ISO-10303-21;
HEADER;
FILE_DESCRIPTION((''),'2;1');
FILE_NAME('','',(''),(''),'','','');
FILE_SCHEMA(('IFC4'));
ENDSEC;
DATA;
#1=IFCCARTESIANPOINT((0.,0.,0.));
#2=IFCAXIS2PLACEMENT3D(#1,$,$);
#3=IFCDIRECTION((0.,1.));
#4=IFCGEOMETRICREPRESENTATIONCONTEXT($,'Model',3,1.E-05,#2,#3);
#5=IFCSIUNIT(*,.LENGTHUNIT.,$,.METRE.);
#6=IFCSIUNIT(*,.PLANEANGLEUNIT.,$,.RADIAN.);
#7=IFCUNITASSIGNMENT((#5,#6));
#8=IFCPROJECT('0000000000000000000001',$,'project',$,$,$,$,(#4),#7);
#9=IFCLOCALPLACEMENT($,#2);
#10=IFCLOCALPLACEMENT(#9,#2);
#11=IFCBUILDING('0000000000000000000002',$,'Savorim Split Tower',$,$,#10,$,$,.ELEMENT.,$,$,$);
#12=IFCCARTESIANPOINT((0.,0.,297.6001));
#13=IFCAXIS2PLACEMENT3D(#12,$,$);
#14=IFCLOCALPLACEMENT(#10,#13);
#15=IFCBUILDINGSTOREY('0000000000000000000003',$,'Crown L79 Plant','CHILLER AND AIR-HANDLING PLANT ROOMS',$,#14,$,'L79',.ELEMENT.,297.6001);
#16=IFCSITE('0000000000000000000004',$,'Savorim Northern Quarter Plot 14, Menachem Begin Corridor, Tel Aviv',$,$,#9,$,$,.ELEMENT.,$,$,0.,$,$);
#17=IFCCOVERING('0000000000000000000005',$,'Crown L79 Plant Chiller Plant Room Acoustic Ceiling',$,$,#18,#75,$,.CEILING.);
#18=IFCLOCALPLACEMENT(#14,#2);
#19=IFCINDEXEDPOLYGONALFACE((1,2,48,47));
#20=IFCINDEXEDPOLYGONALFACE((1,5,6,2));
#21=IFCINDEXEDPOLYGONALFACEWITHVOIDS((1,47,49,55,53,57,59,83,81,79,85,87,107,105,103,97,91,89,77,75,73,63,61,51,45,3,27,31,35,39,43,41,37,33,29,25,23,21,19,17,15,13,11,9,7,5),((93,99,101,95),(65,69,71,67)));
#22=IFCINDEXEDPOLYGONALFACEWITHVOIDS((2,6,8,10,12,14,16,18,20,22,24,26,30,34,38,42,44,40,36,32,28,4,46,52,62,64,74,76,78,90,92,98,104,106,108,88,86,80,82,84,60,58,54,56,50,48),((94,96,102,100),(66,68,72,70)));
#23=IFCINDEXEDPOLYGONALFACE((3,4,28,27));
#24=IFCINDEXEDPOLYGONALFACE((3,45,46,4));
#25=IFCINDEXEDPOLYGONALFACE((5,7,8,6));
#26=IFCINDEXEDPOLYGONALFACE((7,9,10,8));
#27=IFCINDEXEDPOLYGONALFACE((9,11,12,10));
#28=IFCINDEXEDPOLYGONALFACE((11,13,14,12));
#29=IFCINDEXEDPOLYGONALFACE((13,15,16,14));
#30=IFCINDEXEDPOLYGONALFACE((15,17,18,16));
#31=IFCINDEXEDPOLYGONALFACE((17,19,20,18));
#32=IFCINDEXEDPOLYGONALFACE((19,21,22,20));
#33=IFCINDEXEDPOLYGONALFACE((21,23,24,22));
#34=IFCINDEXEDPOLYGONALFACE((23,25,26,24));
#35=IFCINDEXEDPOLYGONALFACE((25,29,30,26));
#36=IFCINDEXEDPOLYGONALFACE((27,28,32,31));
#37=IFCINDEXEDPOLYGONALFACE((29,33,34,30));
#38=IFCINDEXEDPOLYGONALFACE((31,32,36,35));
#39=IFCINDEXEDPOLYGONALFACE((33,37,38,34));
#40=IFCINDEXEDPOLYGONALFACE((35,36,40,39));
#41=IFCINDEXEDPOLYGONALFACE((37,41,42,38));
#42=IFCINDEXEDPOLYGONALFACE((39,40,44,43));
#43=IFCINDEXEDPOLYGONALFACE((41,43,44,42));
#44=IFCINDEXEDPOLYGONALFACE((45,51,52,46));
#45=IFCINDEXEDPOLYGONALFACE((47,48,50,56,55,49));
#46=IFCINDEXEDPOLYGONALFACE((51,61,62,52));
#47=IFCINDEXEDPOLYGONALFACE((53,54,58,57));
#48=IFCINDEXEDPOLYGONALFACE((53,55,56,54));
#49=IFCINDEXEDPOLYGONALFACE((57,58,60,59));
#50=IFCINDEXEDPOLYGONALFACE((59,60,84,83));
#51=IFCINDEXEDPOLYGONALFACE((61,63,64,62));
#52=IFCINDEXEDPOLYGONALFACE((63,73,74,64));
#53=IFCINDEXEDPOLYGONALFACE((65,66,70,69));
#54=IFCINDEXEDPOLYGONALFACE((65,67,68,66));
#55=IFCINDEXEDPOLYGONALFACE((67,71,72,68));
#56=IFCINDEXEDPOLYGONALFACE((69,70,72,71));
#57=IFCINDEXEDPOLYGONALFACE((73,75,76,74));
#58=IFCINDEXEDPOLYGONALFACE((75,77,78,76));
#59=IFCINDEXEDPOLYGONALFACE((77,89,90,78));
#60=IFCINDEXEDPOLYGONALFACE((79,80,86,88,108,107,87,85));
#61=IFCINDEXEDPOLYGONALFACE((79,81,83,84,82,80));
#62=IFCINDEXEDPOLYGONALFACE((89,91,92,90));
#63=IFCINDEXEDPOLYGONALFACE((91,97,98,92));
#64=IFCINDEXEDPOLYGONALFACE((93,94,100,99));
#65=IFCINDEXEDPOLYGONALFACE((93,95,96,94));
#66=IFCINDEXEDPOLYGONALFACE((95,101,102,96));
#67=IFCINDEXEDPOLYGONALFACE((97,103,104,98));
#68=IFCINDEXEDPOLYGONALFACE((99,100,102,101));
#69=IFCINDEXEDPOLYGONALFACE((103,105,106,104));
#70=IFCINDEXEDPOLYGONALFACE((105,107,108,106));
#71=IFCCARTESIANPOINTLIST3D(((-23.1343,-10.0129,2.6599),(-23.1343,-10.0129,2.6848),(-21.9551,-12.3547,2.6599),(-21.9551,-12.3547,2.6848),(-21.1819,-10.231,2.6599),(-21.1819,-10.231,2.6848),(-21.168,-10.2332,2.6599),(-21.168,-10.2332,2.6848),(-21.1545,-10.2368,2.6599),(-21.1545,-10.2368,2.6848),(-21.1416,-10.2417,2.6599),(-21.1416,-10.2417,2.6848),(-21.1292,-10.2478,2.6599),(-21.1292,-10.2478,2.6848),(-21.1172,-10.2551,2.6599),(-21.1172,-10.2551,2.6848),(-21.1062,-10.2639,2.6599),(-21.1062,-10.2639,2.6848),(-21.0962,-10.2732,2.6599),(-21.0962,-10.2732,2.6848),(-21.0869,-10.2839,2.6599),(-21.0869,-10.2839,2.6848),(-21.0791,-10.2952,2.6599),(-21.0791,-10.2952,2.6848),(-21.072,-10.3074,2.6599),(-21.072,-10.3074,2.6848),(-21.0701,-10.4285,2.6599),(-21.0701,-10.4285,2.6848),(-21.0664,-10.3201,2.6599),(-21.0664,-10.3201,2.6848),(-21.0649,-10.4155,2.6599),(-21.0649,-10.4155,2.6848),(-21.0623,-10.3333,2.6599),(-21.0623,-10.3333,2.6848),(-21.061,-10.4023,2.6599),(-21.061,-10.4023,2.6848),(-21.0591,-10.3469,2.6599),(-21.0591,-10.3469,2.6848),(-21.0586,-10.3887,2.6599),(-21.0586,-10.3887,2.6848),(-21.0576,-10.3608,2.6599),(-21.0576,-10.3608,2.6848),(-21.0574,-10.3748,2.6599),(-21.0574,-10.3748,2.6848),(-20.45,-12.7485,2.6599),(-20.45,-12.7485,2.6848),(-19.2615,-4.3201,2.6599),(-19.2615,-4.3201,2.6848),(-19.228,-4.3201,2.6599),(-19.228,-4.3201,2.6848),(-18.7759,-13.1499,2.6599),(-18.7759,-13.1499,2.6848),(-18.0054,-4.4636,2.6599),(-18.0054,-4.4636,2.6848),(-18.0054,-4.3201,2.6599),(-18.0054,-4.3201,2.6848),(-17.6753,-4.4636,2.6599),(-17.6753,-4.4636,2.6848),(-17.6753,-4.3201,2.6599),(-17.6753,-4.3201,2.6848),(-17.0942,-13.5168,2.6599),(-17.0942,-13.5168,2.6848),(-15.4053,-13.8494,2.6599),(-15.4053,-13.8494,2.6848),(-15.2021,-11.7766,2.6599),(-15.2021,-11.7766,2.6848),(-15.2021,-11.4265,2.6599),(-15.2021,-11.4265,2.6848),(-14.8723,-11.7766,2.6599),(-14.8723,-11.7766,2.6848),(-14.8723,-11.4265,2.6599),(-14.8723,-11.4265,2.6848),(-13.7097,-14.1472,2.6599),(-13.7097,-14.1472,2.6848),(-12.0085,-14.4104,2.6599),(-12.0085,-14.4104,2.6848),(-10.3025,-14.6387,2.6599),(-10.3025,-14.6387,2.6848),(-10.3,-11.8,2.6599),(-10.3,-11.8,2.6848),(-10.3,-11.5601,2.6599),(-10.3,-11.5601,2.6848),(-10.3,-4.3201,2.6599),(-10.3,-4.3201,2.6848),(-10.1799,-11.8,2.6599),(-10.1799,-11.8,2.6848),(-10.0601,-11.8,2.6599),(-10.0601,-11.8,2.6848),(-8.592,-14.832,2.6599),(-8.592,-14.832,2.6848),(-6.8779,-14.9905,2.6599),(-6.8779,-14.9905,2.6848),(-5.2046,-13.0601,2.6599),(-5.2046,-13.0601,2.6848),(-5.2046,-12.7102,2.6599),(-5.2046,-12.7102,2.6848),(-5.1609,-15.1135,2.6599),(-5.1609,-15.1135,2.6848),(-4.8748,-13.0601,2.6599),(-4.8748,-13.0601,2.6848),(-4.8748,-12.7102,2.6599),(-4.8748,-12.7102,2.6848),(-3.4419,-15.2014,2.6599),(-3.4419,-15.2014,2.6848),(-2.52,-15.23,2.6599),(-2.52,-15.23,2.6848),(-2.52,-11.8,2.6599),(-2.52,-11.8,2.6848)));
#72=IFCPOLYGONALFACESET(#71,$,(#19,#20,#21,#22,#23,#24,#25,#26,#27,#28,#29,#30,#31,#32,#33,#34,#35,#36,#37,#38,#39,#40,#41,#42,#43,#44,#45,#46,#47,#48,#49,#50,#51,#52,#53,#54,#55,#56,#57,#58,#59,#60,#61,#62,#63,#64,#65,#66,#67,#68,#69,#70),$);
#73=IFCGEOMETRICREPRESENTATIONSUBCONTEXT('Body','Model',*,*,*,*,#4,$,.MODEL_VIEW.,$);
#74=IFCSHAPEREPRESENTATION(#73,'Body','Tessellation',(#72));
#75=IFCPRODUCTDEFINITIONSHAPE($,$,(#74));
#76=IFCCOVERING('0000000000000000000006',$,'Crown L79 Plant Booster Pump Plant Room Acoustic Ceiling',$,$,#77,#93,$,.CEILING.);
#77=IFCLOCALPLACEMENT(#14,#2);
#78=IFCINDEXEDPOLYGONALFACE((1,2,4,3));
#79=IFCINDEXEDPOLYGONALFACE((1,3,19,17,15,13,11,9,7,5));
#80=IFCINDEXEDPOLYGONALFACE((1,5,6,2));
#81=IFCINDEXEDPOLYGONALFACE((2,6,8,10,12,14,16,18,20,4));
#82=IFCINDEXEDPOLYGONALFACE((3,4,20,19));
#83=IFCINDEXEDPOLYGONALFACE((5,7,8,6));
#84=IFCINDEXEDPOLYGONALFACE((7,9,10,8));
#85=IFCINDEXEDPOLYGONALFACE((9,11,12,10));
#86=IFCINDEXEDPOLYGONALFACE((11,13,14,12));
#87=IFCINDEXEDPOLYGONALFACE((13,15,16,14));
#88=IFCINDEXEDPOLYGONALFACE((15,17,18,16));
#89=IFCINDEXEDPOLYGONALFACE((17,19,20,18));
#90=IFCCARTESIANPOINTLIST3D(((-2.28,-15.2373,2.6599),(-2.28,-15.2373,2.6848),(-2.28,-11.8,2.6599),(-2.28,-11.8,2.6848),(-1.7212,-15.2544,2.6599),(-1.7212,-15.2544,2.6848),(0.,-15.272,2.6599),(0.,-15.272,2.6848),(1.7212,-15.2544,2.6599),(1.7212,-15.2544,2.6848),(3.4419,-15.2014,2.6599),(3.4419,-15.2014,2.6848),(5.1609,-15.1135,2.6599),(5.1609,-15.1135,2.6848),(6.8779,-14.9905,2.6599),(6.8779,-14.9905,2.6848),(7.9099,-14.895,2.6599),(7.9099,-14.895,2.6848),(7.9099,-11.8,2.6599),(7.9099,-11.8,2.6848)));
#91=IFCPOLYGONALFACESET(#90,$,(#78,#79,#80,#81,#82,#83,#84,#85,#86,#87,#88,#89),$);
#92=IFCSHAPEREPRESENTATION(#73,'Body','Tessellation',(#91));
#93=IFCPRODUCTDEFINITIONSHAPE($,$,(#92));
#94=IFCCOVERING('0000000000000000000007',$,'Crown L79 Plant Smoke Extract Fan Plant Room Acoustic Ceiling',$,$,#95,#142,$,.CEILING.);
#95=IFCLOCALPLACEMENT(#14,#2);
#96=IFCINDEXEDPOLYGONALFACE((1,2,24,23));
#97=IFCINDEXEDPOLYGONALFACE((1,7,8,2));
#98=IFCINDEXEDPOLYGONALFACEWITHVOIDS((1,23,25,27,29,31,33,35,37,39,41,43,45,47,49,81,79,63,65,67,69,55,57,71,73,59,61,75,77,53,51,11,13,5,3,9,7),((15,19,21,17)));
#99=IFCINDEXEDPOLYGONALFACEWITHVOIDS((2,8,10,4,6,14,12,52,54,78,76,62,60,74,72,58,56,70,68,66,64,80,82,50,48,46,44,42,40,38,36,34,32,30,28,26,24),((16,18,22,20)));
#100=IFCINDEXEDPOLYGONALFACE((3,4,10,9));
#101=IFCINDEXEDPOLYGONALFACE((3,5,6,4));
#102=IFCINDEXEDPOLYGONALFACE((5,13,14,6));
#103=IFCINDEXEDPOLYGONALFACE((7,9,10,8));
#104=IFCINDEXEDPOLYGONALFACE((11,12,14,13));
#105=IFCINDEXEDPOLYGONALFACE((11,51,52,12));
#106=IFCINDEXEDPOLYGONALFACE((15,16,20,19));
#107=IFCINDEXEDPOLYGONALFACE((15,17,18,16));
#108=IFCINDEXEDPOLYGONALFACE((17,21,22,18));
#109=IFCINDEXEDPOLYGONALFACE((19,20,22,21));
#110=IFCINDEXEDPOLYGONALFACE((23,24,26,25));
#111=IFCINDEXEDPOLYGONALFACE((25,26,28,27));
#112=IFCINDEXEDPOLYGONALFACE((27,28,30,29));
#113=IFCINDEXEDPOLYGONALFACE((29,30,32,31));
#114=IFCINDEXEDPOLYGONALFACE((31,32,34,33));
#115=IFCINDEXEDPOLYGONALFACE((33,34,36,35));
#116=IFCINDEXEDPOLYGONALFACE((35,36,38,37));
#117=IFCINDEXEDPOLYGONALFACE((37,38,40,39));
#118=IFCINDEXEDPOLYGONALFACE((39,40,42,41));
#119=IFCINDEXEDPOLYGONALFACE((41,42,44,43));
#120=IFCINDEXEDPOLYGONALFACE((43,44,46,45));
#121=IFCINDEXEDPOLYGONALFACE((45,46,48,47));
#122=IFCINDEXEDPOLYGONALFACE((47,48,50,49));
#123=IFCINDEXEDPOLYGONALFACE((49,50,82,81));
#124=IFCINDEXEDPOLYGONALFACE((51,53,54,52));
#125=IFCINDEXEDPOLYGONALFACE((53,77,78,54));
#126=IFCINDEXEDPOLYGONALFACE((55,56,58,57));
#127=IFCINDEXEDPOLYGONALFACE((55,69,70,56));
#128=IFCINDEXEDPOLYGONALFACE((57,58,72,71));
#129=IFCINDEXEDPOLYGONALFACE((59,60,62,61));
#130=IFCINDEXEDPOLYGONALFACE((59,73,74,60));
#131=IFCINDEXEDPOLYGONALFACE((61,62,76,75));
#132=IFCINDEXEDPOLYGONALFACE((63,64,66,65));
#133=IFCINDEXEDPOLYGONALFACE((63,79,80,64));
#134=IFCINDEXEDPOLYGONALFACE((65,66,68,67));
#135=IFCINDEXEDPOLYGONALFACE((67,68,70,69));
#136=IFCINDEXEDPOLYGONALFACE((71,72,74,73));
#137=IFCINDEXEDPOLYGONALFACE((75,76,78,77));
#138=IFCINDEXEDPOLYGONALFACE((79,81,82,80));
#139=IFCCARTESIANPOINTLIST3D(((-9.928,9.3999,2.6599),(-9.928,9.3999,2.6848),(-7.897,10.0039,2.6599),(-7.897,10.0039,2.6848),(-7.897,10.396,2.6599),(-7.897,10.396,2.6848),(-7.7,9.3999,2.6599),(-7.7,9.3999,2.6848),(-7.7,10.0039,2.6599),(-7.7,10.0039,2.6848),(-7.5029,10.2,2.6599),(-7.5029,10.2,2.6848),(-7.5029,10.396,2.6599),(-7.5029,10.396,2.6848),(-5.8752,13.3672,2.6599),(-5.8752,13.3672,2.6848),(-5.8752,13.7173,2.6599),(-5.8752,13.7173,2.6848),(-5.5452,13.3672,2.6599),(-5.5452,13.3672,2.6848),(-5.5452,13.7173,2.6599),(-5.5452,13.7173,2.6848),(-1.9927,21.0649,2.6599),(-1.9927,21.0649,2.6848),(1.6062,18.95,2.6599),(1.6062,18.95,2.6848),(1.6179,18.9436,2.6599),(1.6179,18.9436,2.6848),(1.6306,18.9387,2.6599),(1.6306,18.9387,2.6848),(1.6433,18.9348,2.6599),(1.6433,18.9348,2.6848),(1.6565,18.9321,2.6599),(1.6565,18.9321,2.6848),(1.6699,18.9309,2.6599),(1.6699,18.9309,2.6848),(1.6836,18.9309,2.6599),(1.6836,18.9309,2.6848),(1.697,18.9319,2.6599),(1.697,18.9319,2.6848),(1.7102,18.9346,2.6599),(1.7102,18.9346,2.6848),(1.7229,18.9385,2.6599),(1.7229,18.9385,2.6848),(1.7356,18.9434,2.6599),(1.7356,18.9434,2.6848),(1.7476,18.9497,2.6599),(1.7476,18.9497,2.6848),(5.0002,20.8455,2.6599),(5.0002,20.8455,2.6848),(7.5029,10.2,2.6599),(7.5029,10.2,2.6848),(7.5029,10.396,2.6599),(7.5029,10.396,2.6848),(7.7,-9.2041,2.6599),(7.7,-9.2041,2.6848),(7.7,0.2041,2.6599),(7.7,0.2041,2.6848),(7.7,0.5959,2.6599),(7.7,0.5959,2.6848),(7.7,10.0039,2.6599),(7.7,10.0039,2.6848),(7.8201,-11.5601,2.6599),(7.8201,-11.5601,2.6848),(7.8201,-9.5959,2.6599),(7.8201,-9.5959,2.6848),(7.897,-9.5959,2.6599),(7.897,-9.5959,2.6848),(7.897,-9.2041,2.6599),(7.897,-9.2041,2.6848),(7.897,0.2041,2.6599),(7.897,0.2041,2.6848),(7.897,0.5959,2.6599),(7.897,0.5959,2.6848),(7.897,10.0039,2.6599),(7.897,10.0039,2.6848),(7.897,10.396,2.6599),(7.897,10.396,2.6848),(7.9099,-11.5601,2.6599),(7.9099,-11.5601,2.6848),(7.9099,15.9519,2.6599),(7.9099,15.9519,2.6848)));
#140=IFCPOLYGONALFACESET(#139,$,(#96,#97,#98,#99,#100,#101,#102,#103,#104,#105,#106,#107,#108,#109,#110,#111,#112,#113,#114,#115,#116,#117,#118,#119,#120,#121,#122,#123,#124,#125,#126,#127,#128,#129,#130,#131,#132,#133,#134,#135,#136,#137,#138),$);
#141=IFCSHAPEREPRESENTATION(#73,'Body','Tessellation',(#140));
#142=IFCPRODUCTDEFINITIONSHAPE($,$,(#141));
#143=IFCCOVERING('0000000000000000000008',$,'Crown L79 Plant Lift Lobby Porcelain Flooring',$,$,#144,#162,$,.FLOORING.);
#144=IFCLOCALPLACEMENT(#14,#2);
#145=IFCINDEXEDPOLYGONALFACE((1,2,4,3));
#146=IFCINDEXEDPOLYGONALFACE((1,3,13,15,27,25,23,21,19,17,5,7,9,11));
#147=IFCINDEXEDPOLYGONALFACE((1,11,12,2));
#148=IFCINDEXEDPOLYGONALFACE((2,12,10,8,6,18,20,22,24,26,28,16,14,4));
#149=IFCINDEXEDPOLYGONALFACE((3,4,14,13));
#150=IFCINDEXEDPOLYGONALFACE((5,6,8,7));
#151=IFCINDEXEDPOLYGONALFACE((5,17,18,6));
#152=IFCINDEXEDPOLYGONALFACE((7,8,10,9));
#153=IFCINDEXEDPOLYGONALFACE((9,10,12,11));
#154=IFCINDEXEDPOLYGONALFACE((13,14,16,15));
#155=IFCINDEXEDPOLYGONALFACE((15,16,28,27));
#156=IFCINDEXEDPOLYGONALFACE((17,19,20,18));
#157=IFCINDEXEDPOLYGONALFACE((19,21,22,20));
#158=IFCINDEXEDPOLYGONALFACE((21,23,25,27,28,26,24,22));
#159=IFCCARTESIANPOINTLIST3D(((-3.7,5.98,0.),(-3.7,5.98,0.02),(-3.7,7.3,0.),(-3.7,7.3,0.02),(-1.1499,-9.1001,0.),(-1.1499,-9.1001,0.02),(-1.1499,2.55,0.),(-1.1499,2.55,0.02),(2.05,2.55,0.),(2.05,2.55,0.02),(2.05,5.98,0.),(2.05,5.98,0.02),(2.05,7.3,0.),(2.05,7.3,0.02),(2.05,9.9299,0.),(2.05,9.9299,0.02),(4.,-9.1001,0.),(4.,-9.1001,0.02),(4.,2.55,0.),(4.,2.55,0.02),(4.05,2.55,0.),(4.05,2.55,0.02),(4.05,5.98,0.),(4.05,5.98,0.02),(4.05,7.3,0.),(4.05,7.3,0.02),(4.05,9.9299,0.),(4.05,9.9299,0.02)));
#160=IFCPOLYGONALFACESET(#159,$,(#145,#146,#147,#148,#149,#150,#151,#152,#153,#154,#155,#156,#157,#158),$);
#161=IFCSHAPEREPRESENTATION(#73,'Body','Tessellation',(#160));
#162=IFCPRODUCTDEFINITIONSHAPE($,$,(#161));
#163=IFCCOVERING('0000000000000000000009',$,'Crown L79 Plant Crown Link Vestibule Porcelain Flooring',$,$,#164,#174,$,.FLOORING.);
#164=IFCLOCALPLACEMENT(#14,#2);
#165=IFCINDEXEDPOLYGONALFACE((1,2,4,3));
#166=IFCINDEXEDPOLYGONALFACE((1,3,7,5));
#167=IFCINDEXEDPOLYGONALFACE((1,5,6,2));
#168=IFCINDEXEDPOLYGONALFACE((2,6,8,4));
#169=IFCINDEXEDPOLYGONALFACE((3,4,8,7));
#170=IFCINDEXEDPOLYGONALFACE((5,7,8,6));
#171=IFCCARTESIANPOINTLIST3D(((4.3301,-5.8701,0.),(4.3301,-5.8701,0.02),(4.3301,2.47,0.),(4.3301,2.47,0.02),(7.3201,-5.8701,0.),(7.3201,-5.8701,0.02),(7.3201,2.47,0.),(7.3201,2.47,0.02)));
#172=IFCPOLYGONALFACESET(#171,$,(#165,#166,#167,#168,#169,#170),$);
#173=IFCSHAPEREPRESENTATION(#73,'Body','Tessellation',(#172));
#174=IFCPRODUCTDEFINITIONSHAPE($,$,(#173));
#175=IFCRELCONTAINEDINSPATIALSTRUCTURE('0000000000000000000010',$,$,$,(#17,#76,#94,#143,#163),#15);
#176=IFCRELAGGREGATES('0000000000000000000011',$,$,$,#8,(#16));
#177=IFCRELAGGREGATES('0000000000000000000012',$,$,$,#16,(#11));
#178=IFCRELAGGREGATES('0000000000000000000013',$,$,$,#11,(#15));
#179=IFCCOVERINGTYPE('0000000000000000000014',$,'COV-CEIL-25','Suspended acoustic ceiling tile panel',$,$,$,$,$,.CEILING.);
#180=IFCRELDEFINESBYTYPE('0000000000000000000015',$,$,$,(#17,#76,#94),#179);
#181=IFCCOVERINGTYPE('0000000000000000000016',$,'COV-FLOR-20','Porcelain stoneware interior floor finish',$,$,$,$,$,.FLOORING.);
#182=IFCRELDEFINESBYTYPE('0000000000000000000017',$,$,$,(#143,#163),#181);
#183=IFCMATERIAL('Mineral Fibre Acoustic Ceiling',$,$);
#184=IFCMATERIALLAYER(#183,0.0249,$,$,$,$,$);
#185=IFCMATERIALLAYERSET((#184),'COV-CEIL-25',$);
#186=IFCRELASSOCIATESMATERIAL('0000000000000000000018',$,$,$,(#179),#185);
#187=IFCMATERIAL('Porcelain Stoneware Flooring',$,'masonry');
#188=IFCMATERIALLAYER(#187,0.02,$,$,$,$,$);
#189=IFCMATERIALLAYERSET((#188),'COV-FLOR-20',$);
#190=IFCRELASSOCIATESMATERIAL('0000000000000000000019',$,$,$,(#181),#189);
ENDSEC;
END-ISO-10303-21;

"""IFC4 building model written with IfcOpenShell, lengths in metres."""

from ifc_helpers import new_model, si_unit, direction, frame, origin, place, context, subcontext, project, spatial, polyline, outline, extrude, material, layer, layer_set, type_object, element, save


model = new_model("IFC4")

# Units and contexts
model_context = context("Model", 3, precision=1e-05, world=origin(), true_north=direction((0.0, 1.0)))
body_context = subcontext(model_context, "Body", "Model", "MODEL_VIEW")
ifc_project = project(units=[si_unit("LENGTHUNIT", "METRE"), si_unit("PLANEANGLEUNIT", "RADIAN")], contexts=[model_context])

# Site, building, storey
site_placement = place(None, origin())
site = spatial("IfcSite", under=ifc_project, at=site_placement, Name="Savorim Northern Quarter Plot 14, Menachem Begin Corridor, Tel Aviv", CompositionType="ELEMENT", RefElevation=0.0)
building_placement = place(site_placement, origin())
building = spatial("IfcBuilding", under=site, at=building_placement, Name="Savorim Split Tower", CompositionType="ELEMENT")
storey_placement = place(building_placement, frame((0.0, 0.0, 297.6001)))
storey = spatial("IfcBuildingStorey", under=building, at=storey_placement, Name="Crown L79 Plant", Description="CHILLER AND AIR-HANDLING PLANT ROOMS", LongName="L79", CompositionType="ELEMENT", Elevation=297.6001)

# Coverings
ifc_material_1 = material(Name="Mineral Fibre Acoustic Ceiling")
ifc_layer_1 = layer(ifc_material_1, 0.0249)
ifc_layer_set_1 = layer_set([ifc_layer_1], Name="COV-CEIL-25")
covering_type_1 = type_object("IfcCoveringType", Name="COV-CEIL-25", Description="Suspended acoustic ceiling tile panel", PredefinedType="CEILING", material=ifc_layer_set_1)
covering_1_placement = place(storey_placement, frame((0.0, 0.0, 2.6599)))
element("IfcCovering", 1, at=covering_1_placement, inside=storey, type_object=covering_type_1, Name="Crown L79 Plant Chiller Plant Room Acoustic Ceiling", PredefinedType="CEILING", context=body_context, shape_type="SweptSolid", body=[
    extrude(outline(polyline([(-6.8779, -14.9905), (-5.1609, -15.1135), (-3.4419, -15.2014), (-2.52, -15.23), (-2.52, -11.8), (-10.0601, -11.8), (-10.1799, -11.8), (-10.3, -11.8), (-10.3, -11.5601), (-10.3, -4.3201), (-17.6753, -4.3201), (-17.6753, -4.4636), (-18.0054, -4.4636), (-18.0054, -4.3201), (-19.228, -4.3201), (-19.2615, -4.3201), (-23.1343, -10.0129), (-21.1819, -10.231), (-21.168, -10.2332), (-21.1545, -10.2368), (-21.1416, -10.2417), (-21.1292, -10.2478), (-21.1172, -10.2551), (-21.1062, -10.2639), (-21.0962, -10.2732), (-21.0869, -10.2839), (-21.0791, -10.2952), (-21.072, -10.3074), (-21.0664, -10.3201), (-21.0623, -10.3333), (-21.0591, -10.3469), (-21.0576, -10.3608), (-21.0574, -10.3748), (-21.0586, -10.3887), (-21.061, -10.4023), (-21.0649, -10.4155), (-21.0701, -10.4285), (-21.9551, -12.3547), (-20.45, -12.7485), (-18.7759, -13.1499), (-17.0942, -13.5168), (-15.4053, -13.8494), (-13.7097, -14.1472), (-12.0085, -14.4104), (-10.3025, -14.6387), (-8.592, -14.832), (-6.8779, -14.9905)]), holes=[polyline([(-14.8723, -11.7766), (-14.8723, -11.4265), (-15.2021, -11.4265), (-15.2021, -11.7766), (-14.8723, -11.7766)]), polyline([(-4.8748, -13.0601), (-4.8748, -12.7102), (-5.2046, -12.7102), (-5.2046, -13.0601), (-4.8748, -13.0601)])]), origin(), (0.0, 0.0, 1.0), 0.0249),
])
covering_2_placement = place(storey_placement, frame((0.0, 0.0, 2.6599)))
element("IfcCovering", 2, at=covering_2_placement, inside=storey, type_object=covering_type_1, Name="Crown L79 Plant Booster Pump Plant Room Acoustic Ceiling", PredefinedType="CEILING", context=body_context, shape_type="SweptSolid", body=[
    extrude(outline(polyline([(3.4419, -15.2014), (5.1609, -15.1135), (6.8779, -14.9905), (7.9099, -14.895), (7.9099, -11.8), (-2.28, -11.8), (-2.28, -15.2373), (-1.7212, -15.2544), (0.0, -15.272), (1.7212, -15.2544), (3.4419, -15.2014)])), origin(), (0.0, 0.0, 1.0), 0.0249),
])
covering_3_placement = place(storey_placement, frame((0.0, 0.0, 2.6599)))
element("IfcCovering", 3, at=covering_3_placement, inside=storey, type_object=covering_type_1, Name="Crown L79 Plant Smoke Extract Fan Plant Room Acoustic Ceiling", PredefinedType="CEILING", context=body_context, shape_type="SweptSolid", body=[
    extrude(outline(polyline([(1.6179, 18.9436), (1.6062, 18.95), (-1.9927, 21.0649), (-9.928, 9.3999), (-7.7, 9.3999), (-7.7, 10.0039), (-7.897, 10.0039), (-7.897, 10.396), (-7.5029, 10.396), (-7.5029, 10.2), (7.5029, 10.2), (7.5029, 10.396), (7.897, 10.396), (7.897, 10.0039), (7.7, 10.0039), (7.7, 0.5959), (7.897, 0.5959), (7.897, 0.2041), (7.7, 0.2041), (7.7, -9.2041), (7.897, -9.2041), (7.897, -9.5959), (7.8201, -9.5959), (7.8201, -11.5601), (7.9099, -11.5601), (7.9099, 15.9519), (5.0002, 20.8455), (1.7476, 18.9497), (1.7356, 18.9434), (1.7229, 18.9385), (1.7102, 18.9346), (1.697, 18.9319), (1.6836, 18.9309), (1.6699, 18.9309), (1.6565, 18.9321), (1.6433, 18.9348), (1.6306, 18.9387), (1.6179, 18.9436)]), holes=[polyline([(-5.5452, 13.7173), (-5.8752, 13.7173), (-5.8752, 13.3672), (-5.5452, 13.3672), (-5.5452, 13.7173)])]), origin(), (0.0, 0.0, 1.0), 0.0249),
])
ifc_material_2 = material(Name="Porcelain Stoneware Flooring", Category="masonry")
ifc_layer_2 = layer(ifc_material_2, 0.02)
ifc_layer_set_2 = layer_set([ifc_layer_2], Name="COV-FLOR-20")
covering_type_2 = type_object("IfcCoveringType", Name="COV-FLOR-20", Description="Porcelain stoneware interior floor finish", PredefinedType="FLOORING", material=ifc_layer_set_2)
covering_4_placement = place(storey_placement, origin())
element("IfcCovering", 4, at=covering_4_placement, inside=storey, type_object=covering_type_2, Name="Crown L79 Plant Lift Lobby Porcelain Flooring", PredefinedType="FLOORING", context=body_context, shape_type="SweptSolid", body=[
    extrude(outline(polyline([(2.05, 2.55), (-1.1499, 2.55), (-1.1499, -9.1001), (4.0, -9.1001), (4.0, 2.55), (4.05, 2.55), (4.05, 5.98), (4.05, 7.3), (4.05, 9.9299), (2.05, 9.9299), (2.05, 7.3), (-3.7, 7.3), (-3.7, 5.98), (2.05, 5.98), (2.05, 2.55)])), origin(), (0.0, 0.0, 1.0), 0.02),
])
covering_5_placement = place(storey_placement, origin())
element("IfcCovering", 5, at=covering_5_placement, inside=storey, type_object=covering_type_2, Name="Crown L79 Plant Crown Link Vestibule Porcelain Flooring", PredefinedType="FLOORING", context=body_context, shape_type="SweptSolid", body=[
    extrude(outline(polyline([(4.3301, 2.47), (4.3301, -5.8701), (7.3201, -5.8701), (7.3201, 2.47), (4.3301, 2.47)])), origin(), (0.0, 0.0, 1.0), 0.02),
])

save(model, "model.ifc")
